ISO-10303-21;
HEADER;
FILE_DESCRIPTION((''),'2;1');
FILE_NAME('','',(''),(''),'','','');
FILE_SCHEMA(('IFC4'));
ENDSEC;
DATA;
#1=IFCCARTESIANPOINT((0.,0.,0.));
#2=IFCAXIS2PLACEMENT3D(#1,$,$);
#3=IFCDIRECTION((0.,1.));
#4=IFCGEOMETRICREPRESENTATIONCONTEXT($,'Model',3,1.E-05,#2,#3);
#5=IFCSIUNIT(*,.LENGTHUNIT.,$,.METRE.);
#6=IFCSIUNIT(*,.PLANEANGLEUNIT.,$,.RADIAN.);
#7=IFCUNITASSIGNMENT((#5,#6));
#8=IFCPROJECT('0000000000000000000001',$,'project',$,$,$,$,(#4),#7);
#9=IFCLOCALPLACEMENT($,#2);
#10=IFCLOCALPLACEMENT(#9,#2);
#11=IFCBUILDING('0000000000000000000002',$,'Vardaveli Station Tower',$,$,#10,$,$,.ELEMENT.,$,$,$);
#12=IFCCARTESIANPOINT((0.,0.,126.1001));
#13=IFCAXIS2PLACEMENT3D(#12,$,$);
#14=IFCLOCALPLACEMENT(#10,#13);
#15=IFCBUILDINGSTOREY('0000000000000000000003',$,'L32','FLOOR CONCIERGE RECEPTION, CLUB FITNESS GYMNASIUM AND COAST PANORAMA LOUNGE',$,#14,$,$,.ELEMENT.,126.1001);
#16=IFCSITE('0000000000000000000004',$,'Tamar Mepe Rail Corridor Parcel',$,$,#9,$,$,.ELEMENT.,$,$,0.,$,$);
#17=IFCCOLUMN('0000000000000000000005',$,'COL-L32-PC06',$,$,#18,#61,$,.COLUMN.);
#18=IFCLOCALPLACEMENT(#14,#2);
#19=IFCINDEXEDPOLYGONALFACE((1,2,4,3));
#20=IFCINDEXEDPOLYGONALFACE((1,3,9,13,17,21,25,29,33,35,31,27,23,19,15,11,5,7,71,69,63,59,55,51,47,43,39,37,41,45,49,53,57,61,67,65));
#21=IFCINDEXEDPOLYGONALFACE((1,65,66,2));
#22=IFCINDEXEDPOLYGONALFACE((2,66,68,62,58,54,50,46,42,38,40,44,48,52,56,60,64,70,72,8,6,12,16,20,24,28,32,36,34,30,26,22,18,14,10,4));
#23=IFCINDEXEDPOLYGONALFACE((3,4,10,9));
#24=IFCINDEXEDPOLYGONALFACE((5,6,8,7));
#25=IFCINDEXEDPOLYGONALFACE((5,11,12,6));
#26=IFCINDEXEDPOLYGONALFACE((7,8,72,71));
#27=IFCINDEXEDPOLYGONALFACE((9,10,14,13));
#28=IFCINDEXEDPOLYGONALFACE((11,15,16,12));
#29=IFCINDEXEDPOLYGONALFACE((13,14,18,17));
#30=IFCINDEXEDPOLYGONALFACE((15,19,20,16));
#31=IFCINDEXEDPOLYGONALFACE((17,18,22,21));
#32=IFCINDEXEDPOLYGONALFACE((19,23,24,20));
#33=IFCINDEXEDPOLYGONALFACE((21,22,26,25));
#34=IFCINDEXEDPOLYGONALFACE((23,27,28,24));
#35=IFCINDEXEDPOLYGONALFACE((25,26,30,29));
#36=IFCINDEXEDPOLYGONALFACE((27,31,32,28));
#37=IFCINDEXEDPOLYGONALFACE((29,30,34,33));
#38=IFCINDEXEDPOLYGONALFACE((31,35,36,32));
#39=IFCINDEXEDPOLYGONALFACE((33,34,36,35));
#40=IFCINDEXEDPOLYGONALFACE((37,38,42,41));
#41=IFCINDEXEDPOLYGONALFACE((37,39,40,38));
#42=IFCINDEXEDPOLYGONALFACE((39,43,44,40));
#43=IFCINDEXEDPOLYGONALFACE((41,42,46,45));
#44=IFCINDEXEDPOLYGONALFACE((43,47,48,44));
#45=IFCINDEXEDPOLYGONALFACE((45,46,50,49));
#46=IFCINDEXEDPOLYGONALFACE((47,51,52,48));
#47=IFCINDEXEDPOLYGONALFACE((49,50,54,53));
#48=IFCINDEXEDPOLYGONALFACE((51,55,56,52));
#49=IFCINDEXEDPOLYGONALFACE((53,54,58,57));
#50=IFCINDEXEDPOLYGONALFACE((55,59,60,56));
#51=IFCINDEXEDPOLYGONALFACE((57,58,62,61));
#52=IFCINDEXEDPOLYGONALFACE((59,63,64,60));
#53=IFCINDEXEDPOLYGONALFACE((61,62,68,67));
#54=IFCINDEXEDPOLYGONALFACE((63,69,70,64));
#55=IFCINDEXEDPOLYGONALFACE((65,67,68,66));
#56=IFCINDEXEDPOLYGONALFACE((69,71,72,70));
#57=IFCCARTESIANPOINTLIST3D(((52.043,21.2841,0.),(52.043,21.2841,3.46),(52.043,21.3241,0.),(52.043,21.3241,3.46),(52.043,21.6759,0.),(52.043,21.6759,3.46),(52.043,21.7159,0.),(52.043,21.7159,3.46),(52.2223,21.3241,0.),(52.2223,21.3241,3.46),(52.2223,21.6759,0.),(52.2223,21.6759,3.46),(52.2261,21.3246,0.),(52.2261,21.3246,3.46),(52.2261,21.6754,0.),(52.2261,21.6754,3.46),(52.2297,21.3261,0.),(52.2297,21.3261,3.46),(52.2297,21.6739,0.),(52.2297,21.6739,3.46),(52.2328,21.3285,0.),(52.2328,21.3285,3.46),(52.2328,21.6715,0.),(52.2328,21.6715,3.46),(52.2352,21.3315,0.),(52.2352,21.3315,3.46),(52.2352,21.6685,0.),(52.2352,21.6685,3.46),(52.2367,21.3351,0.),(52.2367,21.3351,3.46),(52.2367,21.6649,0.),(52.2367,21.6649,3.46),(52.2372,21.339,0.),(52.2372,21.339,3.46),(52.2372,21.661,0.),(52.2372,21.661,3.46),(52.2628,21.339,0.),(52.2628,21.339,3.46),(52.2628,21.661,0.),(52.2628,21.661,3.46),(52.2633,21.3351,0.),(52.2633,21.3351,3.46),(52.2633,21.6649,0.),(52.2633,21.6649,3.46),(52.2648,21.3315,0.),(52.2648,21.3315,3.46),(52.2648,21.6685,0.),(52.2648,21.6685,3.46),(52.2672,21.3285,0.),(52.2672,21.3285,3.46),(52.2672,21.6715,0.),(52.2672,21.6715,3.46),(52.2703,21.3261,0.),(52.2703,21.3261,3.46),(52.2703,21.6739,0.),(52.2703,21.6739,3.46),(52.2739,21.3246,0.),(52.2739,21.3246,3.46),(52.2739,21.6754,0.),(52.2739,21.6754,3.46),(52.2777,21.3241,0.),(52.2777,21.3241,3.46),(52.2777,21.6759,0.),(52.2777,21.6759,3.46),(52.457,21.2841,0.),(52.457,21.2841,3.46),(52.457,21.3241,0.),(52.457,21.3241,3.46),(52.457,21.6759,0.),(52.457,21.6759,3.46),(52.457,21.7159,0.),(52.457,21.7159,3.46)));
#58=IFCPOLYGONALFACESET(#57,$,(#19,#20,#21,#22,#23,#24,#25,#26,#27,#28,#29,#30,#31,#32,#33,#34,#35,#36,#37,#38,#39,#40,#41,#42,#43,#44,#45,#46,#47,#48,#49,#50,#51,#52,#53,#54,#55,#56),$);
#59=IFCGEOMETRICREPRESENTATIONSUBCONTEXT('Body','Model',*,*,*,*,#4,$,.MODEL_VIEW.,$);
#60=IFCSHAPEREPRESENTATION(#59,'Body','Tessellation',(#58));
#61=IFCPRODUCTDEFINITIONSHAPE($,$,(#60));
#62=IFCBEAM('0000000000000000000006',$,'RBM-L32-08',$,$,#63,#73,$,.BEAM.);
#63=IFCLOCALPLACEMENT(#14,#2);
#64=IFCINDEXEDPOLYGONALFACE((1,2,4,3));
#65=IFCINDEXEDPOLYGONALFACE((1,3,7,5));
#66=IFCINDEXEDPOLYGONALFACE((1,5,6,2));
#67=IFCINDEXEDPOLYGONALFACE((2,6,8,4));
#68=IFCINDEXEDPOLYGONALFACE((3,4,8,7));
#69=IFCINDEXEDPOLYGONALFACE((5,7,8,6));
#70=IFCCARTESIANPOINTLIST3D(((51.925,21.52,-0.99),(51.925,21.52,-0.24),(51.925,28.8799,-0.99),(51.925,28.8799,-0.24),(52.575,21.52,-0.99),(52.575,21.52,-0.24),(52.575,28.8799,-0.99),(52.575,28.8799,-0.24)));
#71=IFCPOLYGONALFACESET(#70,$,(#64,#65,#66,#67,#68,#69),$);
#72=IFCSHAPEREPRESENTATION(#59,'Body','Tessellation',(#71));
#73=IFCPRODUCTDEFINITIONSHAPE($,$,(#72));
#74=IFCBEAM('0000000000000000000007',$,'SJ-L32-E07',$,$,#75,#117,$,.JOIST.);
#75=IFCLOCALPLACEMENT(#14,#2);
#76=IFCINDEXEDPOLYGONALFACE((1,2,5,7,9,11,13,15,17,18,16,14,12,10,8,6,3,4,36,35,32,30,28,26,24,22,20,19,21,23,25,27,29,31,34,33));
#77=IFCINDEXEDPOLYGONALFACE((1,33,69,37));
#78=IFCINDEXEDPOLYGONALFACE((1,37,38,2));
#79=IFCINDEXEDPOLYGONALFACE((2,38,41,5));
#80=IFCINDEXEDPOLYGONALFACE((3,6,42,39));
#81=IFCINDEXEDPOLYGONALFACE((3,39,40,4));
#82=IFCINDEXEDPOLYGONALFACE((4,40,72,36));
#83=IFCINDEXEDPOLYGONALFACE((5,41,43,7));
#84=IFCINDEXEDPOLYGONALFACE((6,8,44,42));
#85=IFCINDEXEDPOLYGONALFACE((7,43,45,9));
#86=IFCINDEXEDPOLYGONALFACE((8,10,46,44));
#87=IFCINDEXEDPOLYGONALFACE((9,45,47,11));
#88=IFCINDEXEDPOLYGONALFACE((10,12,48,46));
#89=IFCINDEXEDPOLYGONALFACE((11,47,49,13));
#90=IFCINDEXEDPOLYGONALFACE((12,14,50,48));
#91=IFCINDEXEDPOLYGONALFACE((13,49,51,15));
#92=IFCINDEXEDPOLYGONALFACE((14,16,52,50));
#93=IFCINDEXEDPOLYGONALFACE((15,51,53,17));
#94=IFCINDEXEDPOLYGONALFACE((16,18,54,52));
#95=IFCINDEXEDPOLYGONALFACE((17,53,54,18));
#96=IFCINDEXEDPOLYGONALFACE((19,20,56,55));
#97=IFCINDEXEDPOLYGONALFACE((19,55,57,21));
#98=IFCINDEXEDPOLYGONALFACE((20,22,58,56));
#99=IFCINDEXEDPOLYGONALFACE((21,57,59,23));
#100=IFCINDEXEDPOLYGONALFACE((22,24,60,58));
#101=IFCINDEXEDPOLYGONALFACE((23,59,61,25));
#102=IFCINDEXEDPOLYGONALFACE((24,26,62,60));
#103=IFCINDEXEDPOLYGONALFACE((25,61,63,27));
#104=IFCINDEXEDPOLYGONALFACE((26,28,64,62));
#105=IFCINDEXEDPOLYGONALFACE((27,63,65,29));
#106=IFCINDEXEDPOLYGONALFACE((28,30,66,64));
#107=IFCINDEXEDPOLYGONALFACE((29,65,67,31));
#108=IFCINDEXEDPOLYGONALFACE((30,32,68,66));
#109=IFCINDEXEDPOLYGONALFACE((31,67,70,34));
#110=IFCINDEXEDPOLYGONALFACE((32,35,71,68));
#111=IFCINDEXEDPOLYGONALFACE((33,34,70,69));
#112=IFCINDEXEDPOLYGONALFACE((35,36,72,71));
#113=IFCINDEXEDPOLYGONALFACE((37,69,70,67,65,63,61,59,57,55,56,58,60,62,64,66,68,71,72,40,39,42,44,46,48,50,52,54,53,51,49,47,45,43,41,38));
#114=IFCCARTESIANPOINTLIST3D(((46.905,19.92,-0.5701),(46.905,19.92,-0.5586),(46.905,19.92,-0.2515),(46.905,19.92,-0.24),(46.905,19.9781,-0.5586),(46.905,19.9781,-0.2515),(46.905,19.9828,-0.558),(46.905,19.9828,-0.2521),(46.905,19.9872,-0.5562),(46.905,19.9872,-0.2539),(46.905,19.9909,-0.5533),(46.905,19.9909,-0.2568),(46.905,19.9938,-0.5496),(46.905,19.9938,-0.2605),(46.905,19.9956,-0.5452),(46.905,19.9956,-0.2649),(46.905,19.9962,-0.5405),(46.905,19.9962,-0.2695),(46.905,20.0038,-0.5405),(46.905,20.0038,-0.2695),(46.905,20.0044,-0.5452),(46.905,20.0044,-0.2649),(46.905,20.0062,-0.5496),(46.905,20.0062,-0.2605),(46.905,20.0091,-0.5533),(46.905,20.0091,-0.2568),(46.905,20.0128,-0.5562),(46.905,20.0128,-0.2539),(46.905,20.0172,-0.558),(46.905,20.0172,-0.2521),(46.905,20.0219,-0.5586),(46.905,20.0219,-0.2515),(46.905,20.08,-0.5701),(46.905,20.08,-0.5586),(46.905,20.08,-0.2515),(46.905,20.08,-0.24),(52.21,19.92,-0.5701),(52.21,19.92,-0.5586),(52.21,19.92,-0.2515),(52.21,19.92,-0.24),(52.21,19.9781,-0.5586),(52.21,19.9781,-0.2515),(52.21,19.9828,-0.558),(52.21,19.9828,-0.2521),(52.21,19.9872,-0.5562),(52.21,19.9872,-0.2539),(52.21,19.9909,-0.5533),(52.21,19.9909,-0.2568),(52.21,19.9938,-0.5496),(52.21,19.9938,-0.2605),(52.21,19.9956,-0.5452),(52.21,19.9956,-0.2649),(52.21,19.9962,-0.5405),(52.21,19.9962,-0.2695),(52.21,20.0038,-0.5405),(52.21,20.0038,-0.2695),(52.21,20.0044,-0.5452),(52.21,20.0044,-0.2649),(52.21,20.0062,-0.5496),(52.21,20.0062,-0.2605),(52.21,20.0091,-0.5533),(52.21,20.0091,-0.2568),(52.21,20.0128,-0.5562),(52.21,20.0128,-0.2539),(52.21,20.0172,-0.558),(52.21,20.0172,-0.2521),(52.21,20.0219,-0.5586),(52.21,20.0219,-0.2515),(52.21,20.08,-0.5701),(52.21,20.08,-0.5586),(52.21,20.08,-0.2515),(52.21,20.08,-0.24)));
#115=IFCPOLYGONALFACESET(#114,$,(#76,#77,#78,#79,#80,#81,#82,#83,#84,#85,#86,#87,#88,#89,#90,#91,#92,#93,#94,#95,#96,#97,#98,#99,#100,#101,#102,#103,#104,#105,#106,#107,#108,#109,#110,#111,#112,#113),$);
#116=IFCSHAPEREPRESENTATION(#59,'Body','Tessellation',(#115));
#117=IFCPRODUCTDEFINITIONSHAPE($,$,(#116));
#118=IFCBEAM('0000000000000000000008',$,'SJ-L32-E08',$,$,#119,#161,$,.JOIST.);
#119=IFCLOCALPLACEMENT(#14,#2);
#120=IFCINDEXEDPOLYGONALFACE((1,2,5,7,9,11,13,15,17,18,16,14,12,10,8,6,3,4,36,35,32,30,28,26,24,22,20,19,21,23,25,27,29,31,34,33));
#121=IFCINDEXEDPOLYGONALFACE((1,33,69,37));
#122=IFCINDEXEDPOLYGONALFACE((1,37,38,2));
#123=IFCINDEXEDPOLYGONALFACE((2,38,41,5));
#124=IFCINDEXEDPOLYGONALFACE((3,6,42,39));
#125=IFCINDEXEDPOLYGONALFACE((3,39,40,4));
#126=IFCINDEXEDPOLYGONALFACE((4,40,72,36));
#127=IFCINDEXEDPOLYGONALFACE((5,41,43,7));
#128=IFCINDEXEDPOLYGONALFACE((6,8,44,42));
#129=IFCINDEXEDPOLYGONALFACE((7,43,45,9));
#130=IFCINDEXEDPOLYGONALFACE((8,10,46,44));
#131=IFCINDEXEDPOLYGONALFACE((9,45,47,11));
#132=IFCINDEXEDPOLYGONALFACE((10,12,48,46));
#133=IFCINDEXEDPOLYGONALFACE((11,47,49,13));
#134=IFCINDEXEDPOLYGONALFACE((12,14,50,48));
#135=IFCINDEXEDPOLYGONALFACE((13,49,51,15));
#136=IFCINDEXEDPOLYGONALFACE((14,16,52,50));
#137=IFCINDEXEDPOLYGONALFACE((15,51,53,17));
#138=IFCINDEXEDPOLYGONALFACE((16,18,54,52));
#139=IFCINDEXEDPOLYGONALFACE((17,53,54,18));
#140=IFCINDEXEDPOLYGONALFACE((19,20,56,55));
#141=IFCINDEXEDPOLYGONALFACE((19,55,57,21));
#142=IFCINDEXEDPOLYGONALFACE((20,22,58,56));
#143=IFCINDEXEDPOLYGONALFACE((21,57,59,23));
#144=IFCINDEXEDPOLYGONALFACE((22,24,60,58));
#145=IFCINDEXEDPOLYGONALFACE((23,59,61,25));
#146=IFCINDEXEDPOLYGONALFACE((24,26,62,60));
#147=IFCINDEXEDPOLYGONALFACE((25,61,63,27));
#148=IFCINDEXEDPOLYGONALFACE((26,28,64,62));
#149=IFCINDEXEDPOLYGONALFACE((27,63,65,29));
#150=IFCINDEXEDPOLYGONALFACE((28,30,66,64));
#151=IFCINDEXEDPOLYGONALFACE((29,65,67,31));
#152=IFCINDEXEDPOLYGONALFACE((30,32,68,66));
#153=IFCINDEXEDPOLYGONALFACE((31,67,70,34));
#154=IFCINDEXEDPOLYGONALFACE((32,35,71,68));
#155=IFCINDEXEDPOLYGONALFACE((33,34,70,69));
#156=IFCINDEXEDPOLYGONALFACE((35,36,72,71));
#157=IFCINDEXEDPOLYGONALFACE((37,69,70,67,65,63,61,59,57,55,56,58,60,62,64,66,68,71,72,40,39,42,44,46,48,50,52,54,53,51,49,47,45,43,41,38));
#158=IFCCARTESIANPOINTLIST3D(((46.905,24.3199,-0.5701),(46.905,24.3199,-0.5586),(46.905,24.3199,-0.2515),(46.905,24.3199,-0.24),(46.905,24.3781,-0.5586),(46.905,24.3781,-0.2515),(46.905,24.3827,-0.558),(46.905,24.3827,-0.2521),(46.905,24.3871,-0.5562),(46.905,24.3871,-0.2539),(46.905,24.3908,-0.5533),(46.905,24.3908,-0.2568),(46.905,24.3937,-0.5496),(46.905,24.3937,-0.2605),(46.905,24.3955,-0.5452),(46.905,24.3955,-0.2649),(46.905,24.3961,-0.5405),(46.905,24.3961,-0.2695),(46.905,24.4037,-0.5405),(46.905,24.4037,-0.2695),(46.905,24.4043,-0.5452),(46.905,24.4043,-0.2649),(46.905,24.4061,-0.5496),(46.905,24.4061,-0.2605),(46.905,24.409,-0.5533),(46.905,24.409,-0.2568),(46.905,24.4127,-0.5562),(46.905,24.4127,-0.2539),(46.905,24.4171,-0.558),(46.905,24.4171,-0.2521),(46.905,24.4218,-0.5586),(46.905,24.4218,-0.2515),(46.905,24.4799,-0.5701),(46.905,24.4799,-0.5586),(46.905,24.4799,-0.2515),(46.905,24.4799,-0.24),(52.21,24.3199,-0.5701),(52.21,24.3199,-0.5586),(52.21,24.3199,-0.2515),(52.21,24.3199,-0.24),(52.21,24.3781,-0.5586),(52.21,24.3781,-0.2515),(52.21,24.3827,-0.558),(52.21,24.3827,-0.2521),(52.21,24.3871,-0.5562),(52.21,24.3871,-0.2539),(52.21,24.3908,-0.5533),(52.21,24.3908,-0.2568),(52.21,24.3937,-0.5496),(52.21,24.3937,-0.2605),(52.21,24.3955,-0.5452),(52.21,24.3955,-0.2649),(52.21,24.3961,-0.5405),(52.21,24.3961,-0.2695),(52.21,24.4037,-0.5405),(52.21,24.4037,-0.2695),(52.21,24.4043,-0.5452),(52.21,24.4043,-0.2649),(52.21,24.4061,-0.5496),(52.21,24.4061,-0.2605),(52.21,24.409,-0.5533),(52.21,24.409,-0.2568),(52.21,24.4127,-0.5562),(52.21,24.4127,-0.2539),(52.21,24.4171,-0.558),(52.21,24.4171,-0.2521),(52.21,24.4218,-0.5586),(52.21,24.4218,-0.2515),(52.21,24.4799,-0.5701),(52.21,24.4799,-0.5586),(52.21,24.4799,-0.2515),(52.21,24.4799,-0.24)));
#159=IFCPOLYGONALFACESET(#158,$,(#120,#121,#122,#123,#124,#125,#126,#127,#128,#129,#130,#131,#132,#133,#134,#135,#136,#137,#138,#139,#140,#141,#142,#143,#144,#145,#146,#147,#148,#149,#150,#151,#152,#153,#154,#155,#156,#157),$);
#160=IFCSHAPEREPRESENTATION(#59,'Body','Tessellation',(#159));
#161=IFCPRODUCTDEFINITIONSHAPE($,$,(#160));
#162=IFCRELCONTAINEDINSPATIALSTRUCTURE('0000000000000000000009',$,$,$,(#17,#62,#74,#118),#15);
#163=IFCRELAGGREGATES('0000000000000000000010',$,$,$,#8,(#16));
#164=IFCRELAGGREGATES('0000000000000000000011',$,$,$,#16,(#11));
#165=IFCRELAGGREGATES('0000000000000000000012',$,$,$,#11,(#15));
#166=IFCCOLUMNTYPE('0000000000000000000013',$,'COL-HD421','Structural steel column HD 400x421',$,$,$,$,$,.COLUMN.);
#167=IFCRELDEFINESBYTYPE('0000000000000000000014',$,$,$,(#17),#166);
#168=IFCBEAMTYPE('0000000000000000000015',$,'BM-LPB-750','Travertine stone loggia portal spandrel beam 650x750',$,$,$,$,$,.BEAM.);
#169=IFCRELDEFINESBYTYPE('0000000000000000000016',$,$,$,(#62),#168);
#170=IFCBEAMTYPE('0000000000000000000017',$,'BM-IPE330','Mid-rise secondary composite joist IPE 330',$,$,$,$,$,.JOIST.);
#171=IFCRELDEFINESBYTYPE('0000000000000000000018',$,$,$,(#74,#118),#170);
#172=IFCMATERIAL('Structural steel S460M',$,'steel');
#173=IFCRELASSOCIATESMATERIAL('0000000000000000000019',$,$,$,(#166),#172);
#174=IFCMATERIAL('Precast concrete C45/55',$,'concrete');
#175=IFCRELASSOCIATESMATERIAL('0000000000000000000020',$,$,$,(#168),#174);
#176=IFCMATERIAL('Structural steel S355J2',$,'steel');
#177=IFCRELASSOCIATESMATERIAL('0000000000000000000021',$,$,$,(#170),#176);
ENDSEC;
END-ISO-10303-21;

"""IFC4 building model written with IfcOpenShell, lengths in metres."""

from ifc_helpers import new_model, si_unit, direction, frame, origin, origin_2d, place, context, subcontext, project, spatial, rectangle, i_section, extrude, source, transform, mapped, material, material_profile, profile_set, type_object, element, save


model = new_model("IFC4")

# Units and contexts
model_context = context("Model", 3, precision=1e-05, world=origin(), true_north=direction((0.0, 1.0)))
body_context = subcontext(model_context, "Body", "Model", "MODEL_VIEW")
ifc_project = project(units=[si_unit("LENGTHUNIT", "METRE"), si_unit("PLANEANGLEUNIT", "RADIAN")], contexts=[model_context])

# Site, building, storey
site_placement = place(None, origin())
site = spatial("IfcSite", under=ifc_project, at=site_placement, Name="Tamar Mepe Rail Corridor Parcel", CompositionType="ELEMENT", RefElevation=0.0)
building_placement = place(site_placement, origin())
building = spatial("IfcBuilding", under=site, at=building_placement, Name="Vardaveli Station Tower", CompositionType="ELEMENT")
storey_placement = place(building_placement, frame((0.0, 0.0, 126.1001)))
storey = spatial("IfcBuildingStorey", under=building, at=storey_placement, Name="L32", Description="FLOOR CONCIERGE RECEPTION, CLUB FITNESS GYMNASIUM AND COAST PANORAMA LOUNGE", CompositionType="ELEMENT", Elevation=126.1001)

# Column
ifc_material_1 = material(Name="Structural steel S460M", Category="steel")
ifc_material_profile_1 = material_profile(ifc_material_1, i_section(OverallWidth=0.4141, OverallDepth=0.4319, WebThickness=0.0256, FlangeThickness=0.04, FilletRadius=0.0149, at=origin_2d()), Name="HD 400x421")
ifc_profile_set_1 = profile_set([ifc_material_profile_1], Name="Structural steel S460M")
column_type = type_object("IfcColumnType", Name="COL-HD421", Description="Structural steel column HD 400x421", PredefinedType="COLUMN", material=ifc_profile_set_1)
shared_shape_1 = source(origin(), body_context, "Body", "SweptSolid", [
    extrude(i_section(OverallWidth=0.4141, OverallDepth=0.4319, WebThickness=0.0256, FlangeThickness=0.04, FilletRadius=0.0149, at=origin_2d()), origin(), (0.0, 0.0, 1.0), 3.46),
])
column_placement = place(storey_placement, frame((52.25, 21.5, 0.0), z_axis=(0.0, 0.0, 1.0), x_axis=(1.0, 0.0, 0.0)))
element("IfcColumn", 1, at=column_placement, inside=storey, type_object=column_type, Name="COL-L32-PC06", PredefinedType="COLUMN", context=body_context, shape_type="MappedRepresentation", body=[
    mapped(shared_shape_1, transform((0.0, 0.0, 0.0), scale=1.0)),
])

# Beams
ifc_material_2 = material(Name="Precast concrete C45/55", Category="concrete")
ifc_material_profile_2 = material_profile(ifc_material_2, rectangle(XDim=0.6499, YDim=0.75, at=origin_2d()), Name="LPB 650x750")
ifc_profile_set_2 = profile_set([ifc_material_profile_2], Name="Precast concrete C45/55")
beam_type_1 = type_object("IfcBeamType", Name="BM-LPB-750", Description="Travertine stone loggia portal spandrel beam 650x750", PredefinedType="BEAM", material=ifc_profile_set_2)
shared_shape_2 = source(origin(), body_context, "Body", "SweptSolid", [
    extrude(rectangle(XDim=0.6499, YDim=0.75, at=origin_2d()), origin(), (0.0, 0.0, 1.0), 7.3599),
])
beam_1_placement = place(storey_placement, frame((52.25, 21.52, -0.615), z_axis=(0.0, 1.0, 0.0), x_axis=(-1.0, 0.0, 0.0)))
element("IfcBeam", 2, at=beam_1_placement, inside=storey, type_object=beam_type_1, Name="RBM-L32-08", PredefinedType="BEAM", context=body_context, shape_type="MappedRepresentation", body=[
    mapped(shared_shape_2, transform((0.0, 0.0, 0.0), scale=1.0)),
])
ifc_material_3 = material(Name="Structural steel S355J2", Category="steel")
ifc_material_profile_3 = material_profile(ifc_material_3, i_section(OverallWidth=0.1599, OverallDepth=0.3301, WebThickness=0.0076, FlangeThickness=0.0115, FilletRadius=0.0181, at=origin_2d()), Name="IPE 330")
ifc_profile_set_3 = profile_set([ifc_material_profile_3], Name="Structural steel S355J2")
beam_type_2 = type_object("IfcBeamType", Name="BM-IPE330", Description="Mid-rise secondary composite joist IPE 330", PredefinedType="JOIST", material=ifc_profile_set_3)
shared_shape_3 = source(origin(), body_context, "Body", "SweptSolid", [
    extrude(i_section(OverallWidth=0.1599, OverallDepth=0.3301, WebThickness=0.0076, FlangeThickness=0.0115, FilletRadius=0.0181, at=origin_2d()), origin(), (0.0, 0.0, 1.0), 5.3049),
])
for number, where, z_axis, x_axis, name in (
    (3, (46.905, 20.0, -0.405), (1.0, 0.0, 0.0), (0.0, 1.0, 0.0), "SJ-L32-E07"),
    (4, (46.905, 24.3999, -0.405), (1.0, 0.0, 0.0), (0.0, 1.0, 0.0), "SJ-L32-E08"),
):
    element("IfcBeam", number, at=place(storey_placement, frame(where, z_axis=z_axis, x_axis=x_axis)), inside=storey, type_object=beam_type_2, Name=name, PredefinedType="JOIST", context=body_context, shape_type="MappedRepresentation", body=[
        mapped(shared_shape_3, transform((0.0, 0.0, 0.0), scale=1.0)),
    ])

save(model, "model.ifc")
